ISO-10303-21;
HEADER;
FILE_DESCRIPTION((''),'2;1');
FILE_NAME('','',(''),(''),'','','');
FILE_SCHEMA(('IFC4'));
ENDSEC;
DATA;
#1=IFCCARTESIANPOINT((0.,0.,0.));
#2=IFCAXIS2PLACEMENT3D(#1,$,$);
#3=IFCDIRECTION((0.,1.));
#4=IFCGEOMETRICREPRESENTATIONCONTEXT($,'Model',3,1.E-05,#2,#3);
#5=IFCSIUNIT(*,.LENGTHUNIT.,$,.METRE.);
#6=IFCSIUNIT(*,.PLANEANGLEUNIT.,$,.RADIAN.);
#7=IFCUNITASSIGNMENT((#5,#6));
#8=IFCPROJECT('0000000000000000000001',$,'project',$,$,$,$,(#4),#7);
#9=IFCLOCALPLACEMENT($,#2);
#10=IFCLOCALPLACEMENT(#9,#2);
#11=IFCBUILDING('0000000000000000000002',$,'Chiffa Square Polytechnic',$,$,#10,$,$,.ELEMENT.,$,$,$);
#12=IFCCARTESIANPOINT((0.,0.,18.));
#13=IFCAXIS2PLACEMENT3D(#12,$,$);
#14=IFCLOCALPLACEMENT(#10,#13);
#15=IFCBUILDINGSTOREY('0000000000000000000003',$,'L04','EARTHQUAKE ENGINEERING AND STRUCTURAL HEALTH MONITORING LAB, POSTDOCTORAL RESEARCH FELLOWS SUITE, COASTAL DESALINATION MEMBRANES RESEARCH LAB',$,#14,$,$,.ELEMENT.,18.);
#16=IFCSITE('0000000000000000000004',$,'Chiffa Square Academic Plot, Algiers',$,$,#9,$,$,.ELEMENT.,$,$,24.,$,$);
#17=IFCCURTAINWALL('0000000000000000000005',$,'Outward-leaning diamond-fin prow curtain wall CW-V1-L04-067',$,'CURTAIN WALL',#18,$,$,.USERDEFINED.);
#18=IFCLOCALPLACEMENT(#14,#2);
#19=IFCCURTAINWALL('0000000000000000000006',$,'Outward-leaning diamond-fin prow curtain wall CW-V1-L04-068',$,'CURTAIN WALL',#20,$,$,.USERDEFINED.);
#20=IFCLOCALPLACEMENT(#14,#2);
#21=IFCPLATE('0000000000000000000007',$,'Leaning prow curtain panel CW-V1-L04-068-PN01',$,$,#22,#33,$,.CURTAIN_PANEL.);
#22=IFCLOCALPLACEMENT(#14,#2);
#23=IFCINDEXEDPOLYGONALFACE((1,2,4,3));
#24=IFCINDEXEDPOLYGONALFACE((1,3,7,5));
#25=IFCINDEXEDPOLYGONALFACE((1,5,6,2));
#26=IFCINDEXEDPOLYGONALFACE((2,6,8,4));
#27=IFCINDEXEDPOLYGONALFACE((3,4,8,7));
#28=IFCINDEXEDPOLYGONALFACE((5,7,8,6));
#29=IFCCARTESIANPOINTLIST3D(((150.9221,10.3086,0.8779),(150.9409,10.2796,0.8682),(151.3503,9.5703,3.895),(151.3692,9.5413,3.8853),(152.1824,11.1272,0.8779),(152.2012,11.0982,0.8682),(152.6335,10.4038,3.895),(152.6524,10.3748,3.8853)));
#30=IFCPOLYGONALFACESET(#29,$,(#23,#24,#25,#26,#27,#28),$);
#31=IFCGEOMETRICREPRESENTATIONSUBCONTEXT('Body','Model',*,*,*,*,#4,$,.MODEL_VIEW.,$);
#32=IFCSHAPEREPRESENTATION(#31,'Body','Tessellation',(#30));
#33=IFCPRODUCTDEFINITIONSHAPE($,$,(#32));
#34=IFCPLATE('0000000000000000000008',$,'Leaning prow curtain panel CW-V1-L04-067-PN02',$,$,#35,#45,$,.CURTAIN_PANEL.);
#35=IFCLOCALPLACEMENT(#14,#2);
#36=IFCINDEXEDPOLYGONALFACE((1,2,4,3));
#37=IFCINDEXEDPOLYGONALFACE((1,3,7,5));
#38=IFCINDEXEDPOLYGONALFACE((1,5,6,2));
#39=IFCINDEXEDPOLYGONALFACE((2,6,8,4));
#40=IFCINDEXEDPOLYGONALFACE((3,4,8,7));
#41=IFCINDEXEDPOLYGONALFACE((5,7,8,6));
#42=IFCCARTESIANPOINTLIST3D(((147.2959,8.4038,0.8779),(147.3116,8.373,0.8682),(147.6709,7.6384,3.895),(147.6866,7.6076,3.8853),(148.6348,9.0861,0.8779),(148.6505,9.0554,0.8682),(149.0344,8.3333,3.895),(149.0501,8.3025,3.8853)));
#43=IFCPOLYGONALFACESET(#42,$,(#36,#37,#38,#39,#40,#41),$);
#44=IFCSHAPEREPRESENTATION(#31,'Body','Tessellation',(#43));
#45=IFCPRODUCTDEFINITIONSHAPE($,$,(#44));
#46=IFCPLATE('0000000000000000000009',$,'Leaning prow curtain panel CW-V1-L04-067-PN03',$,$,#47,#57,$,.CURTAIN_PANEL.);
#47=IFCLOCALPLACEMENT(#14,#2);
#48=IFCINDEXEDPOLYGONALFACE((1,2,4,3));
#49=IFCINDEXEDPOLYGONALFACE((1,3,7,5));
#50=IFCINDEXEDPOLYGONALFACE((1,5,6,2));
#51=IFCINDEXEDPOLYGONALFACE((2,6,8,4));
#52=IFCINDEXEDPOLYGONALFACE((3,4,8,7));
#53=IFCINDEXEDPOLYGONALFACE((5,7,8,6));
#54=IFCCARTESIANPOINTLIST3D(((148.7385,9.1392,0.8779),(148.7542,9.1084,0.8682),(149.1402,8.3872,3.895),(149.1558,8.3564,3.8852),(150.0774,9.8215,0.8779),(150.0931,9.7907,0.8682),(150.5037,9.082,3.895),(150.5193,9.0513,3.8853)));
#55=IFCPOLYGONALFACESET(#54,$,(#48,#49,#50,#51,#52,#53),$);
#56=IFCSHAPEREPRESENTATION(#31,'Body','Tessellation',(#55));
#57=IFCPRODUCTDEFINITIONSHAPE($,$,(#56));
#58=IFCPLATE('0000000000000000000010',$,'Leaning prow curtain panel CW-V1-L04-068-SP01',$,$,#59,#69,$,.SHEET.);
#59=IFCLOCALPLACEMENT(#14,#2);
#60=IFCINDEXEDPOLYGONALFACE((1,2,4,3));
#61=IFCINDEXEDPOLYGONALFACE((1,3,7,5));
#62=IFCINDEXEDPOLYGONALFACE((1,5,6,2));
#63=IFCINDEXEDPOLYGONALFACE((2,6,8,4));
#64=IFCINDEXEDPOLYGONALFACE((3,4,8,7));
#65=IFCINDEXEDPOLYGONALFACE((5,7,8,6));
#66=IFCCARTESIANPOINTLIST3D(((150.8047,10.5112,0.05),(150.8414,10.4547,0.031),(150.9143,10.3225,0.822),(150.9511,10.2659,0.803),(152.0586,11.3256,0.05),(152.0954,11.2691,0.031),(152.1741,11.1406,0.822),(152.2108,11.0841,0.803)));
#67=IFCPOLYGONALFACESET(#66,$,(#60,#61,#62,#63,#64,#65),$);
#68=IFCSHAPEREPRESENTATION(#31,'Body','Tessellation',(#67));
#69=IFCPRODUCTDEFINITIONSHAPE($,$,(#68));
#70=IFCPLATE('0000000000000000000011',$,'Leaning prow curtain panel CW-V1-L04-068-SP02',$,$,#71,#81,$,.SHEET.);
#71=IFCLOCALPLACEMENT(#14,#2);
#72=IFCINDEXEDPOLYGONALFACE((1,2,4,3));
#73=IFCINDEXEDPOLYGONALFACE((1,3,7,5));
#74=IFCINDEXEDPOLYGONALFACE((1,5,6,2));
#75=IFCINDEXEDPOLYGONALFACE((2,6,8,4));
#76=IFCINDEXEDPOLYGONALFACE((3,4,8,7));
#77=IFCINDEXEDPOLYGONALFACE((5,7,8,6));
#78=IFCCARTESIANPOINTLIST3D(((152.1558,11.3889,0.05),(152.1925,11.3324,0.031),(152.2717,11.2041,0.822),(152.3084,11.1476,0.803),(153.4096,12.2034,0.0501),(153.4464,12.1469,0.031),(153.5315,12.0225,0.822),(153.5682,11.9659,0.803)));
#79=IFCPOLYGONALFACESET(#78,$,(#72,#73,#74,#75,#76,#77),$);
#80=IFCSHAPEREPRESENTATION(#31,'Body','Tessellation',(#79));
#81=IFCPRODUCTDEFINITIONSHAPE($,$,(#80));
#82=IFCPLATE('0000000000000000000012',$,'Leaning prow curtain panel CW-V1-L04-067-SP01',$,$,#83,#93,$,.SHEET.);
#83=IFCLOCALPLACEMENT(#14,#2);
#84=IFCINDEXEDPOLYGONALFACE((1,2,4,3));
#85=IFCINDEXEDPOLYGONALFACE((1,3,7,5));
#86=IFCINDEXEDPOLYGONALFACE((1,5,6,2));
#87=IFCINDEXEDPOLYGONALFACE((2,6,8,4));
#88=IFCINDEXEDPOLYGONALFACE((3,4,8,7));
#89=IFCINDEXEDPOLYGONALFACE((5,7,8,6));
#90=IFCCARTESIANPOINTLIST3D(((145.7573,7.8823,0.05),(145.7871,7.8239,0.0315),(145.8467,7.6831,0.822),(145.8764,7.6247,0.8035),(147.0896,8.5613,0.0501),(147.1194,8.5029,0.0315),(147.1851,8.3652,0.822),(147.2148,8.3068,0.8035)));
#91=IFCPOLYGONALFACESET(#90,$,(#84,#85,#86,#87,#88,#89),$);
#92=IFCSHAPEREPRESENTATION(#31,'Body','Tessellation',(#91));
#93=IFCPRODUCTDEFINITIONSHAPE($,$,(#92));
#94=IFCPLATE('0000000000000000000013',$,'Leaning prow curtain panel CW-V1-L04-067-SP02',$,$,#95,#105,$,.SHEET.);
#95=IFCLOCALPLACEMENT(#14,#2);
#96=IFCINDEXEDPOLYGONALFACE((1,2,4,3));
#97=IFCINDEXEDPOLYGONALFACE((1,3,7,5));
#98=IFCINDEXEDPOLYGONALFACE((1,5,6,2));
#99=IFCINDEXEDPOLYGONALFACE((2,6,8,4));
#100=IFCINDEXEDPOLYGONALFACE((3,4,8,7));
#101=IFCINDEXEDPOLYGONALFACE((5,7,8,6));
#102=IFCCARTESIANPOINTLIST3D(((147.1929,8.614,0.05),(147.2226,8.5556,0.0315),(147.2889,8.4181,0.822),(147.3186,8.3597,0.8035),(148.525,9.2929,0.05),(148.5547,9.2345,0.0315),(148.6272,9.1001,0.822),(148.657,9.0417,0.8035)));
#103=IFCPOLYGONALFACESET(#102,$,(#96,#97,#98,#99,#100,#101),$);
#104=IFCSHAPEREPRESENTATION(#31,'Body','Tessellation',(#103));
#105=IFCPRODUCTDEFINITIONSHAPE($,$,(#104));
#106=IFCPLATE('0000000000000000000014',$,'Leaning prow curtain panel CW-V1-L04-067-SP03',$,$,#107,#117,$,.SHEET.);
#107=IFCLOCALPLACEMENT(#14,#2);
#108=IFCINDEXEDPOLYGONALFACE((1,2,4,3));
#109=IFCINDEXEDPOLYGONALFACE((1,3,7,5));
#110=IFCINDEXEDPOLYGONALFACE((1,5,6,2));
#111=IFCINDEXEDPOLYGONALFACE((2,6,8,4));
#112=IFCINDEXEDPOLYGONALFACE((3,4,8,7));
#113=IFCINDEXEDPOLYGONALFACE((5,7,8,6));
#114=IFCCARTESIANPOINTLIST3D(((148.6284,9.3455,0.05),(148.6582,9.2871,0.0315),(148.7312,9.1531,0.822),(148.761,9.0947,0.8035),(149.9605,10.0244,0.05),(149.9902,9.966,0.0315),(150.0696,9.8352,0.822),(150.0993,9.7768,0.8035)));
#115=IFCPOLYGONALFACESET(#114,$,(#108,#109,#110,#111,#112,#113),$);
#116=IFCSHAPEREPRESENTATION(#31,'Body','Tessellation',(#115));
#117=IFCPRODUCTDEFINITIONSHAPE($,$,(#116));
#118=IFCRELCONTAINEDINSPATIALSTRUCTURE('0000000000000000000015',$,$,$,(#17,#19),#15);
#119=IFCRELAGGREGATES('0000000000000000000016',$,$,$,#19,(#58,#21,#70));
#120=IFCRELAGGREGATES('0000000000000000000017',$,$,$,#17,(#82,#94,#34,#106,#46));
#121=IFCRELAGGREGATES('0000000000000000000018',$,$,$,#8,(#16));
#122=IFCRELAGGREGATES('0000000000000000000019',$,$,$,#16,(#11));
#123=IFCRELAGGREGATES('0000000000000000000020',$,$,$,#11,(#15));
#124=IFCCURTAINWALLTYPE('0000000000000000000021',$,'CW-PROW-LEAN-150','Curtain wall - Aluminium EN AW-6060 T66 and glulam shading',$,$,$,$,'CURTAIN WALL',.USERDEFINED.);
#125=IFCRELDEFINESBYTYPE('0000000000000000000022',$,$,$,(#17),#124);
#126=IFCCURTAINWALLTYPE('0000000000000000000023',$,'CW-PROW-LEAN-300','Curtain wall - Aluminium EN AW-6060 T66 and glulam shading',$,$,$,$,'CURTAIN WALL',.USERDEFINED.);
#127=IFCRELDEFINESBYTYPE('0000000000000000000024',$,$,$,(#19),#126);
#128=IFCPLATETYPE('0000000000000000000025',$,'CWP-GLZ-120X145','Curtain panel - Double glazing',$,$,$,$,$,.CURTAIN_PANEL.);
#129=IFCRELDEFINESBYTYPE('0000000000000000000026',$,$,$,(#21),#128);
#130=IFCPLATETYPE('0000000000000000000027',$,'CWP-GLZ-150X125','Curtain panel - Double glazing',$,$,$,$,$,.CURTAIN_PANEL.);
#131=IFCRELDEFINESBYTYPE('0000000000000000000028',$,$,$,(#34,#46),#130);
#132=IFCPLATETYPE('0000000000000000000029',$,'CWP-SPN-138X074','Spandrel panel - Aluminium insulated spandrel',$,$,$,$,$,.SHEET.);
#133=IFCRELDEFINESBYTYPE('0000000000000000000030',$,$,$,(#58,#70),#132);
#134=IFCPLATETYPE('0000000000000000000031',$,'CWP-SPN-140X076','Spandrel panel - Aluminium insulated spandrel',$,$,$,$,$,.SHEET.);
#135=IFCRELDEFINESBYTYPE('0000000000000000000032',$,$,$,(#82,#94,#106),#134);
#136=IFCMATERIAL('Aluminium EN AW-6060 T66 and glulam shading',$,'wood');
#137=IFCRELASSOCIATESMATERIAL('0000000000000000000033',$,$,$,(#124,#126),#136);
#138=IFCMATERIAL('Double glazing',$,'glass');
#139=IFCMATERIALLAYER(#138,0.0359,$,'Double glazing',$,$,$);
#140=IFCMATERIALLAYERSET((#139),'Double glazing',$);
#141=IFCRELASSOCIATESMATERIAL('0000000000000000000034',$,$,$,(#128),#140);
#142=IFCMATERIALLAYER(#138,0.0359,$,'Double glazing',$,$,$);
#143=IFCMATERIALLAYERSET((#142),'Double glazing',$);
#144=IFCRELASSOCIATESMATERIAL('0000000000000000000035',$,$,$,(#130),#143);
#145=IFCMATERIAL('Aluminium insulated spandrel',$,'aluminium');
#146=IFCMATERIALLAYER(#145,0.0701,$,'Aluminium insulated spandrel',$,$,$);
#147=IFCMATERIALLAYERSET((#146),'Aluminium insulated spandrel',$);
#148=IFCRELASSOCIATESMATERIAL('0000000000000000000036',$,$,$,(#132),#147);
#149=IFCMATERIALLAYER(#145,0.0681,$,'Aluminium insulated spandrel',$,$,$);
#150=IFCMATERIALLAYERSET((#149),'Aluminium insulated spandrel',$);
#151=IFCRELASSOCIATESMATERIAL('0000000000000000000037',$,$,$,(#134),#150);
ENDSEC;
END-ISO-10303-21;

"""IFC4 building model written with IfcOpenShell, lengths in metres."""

from ifc_helpers import new_model, si_unit, direction, frame, origin, place, context, subcontext, project, spatial, polyline, outline, extrude, material, layer, layer_set, type_object, element, aggregate, save


model = new_model("IFC4")

# Units and contexts
model_context = context("Model", 3, precision=1e-05, world=origin(), true_north=direction((0.0, 1.0)))
body_context = subcontext(model_context, "Body", "Model", "MODEL_VIEW")
ifc_project = project(units=[si_unit("LENGTHUNIT", "METRE"), si_unit("PLANEANGLEUNIT", "RADIAN")], contexts=[model_context])

# Site, building, storey
site_placement = place(None, origin())
site = spatial("IfcSite", under=ifc_project, at=site_placement, Name="Chiffa Square Academic Plot, Algiers", CompositionType="ELEMENT", RefElevation=24.0)
building_placement = place(site_placement, origin())
building = spatial("IfcBuilding", under=site, at=building_placement, Name="Chiffa Square Polytechnic", CompositionType="ELEMENT")
storey_placement = place(building_placement, frame((0.0, 0.0, 18.0)))
storey = spatial("IfcBuildingStorey", under=building, at=storey_placement, Name="L04", Description="EARTHQUAKE ENGINEERING AND STRUCTURAL HEALTH MONITORING LAB, POSTDOCTORAL RESEARCH FELLOWS SUITE, COASTAL DESALINATION MEMBRANES RESEARCH LAB", CompositionType="ELEMENT", Elevation=18.0)

# Curtain walls
ifc_material_1 = material(Name="Aluminium EN AW-6060 T66 and glulam shading", Category="wood")
curtain_wall_type_1 = type_object("IfcCurtainWallType", Name="CW-PROW-LEAN-150", Description="Curtain wall - Aluminium EN AW-6060 T66 and glulam shading", ElementType="CURTAIN WALL", PredefinedType="USERDEFINED", material=ifc_material_1)
curtain_wall_1_placement = place(storey_placement, origin())
curtain_wall_1 = element("IfcCurtainWall", 1, at=curtain_wall_1_placement, inside=storey, type_object=curtain_wall_type_1, Name="Outward-leaning diamond-fin prow curtain wall CW-V1-L04-067", ObjectType="CURTAIN WALL", PredefinedType="USERDEFINED")
curtain_wall_type_2 = type_object("IfcCurtainWallType", Name="CW-PROW-LEAN-300", Description="Curtain wall - Aluminium EN AW-6060 T66 and glulam shading", ElementType="CURTAIN WALL", PredefinedType="USERDEFINED", material=ifc_material_1)
curtain_wall_2_placement = place(storey_placement, origin())
curtain_wall_2 = element("IfcCurtainWall", 2, at=curtain_wall_2_placement, inside=storey, type_object=curtain_wall_type_2, Name="Outward-leaning diamond-fin prow curtain wall CW-V1-L04-068", ObjectType="CURTAIN WALL", PredefinedType="USERDEFINED")

# Plates
ifc_material_2 = material(Name="Double glazing", Category="glass")
ifc_layer_1 = layer(ifc_material_2, 0.0359, Name="Double glazing")
ifc_layer_set_1 = layer_set([ifc_layer_1], Name="Double glazing")
plate_type_1 = type_object("IfcPlateType", Name="CWP-GLZ-120X145", Description="Curtain panel - Double glazing", PredefinedType="CURTAIN_PANEL", material=ifc_layer_set_1)
plate_1_placement = place(storey_placement, frame((150.9221, 10.3086, 0.8779), z_axis=(-0.524203, 0.807026, 0.271882), x_axis=(0.838616, 0.544723, -0.000001)))
plate_1 = element("IfcPlate", 3, at=plate_1_placement, type_object=plate_type_1, Name="Leaning prow curtain panel CW-V1-L04-068-PN01", PredefinedType="CURTAIN_PANEL", context=body_context, shape_type="SweptSolid", body=[
    extrude(outline(polyline([(0.0, 0.0), (1.5028, 0.0), (1.4871, -3.1352), (-0.043, -3.1352), (0.0, 0.0)])), origin(), (0.0, 0.0, -1.0), 0.0359),
])
ifc_layer_2 = layer(ifc_material_2, 0.0359, Name="Double glazing")
ifc_layer_set_2 = layer_set([ifc_layer_2], Name="Double glazing")
plate_type_2 = type_object("IfcPlateType", Name="CWP-GLZ-150X125", Description="Curtain panel - Double glazing", PredefinedType="CURTAIN_PANEL", material=ifc_layer_set_2)
plate_2_placement = place(storey_placement, frame((147.2959, 8.4038, 0.8779), z_axis=(-0.43696, 0.85742, 0.271839), x_axis=(0.890971, 0.454061, -0.000009)))
plate_2 = element("IfcPlate", 4, at=plate_2_placement, type_object=plate_type_2, Name="Leaning prow curtain panel CW-V1-L04-067-PN02", PredefinedType="CURTAIN_PANEL", context=body_context, shape_type="SweptSolid", body=[
    extrude(outline(polyline([(0.0, 0.0), (1.5027, 0.0), (1.5169, -3.1352), (-0.0134, -3.1351), (0.0, 0.0)])), origin(), (0.0, 0.0, -1.0), 0.0359),
])
plate_3_placement = place(storey_placement, frame((148.7385, 9.1392, 0.8779), z_axis=(-0.436955, 0.857412, 0.271874), x_axis=(0.890971, 0.454061, -0.000009)))
plate_3 = element("IfcPlate", 5, at=plate_3_placement, type_object=plate_type_2, Name="Leaning prow curtain panel CW-V1-L04-067-PN03", PredefinedType="CURTAIN_PANEL", context=body_context, shape_type="SweptSolid", body=[
    extrude(outline(polyline([(0.0, 0.0), (1.5027, 0.0), (1.5467, -3.1352), (0.0164, -3.1352), (0.0, 0.0)])), origin(), (0.0, 0.0, -1.0), 0.0359),
])
ifc_material_3 = material(Name="Aluminium insulated spandrel", Category="aluminium")
ifc_layer_3 = layer(ifc_material_3, 0.0701, Name="Aluminium insulated spandrel")
ifc_layer_set_3 = layer_set([ifc_layer_3], Name="Aluminium insulated spandrel")
plate_type_3 = type_object("IfcPlateType", Name="CWP-SPN-138X074", Description="Spandrel panel - Aluminium insulated spandrel", PredefinedType="SHEET", material=ifc_layer_set_3)
plate_4_placement = place(storey_placement, frame((150.8047, 10.5112, 0.05), z_axis=(-0.524173, 0.807071, 0.271808), x_axis=(0.838643, 0.544682, -0.000011)))
plate_4 = element("IfcPlate", 6, at=plate_4_placement, type_object=plate_type_3, Name="Leaning prow curtain panel CW-V1-L04-068-SP01", PredefinedType="SHEET", context=body_context, shape_type="SweptSolid", body=[
    extrude(outline(polyline([(0.0, 0.0), (1.4952, 0.0), (1.4912, -0.8022), (-0.0109, -0.8022), (0.0, 0.0)])), origin(), (0.0, 0.0, -1.0), 0.0701),
])
plate_5_placement = place(storey_placement, frame((152.1558, 11.3889, 0.05), z_axis=(-0.524214, 0.807013, 0.271899), x_axis=(0.838608, 0.544735, 0.000007)))
plate_5 = element("IfcPlate", 7, at=plate_5_placement, type_object=plate_type_3, Name="Leaning prow curtain panel CW-V1-L04-068-SP02", PredefinedType="SHEET", context=body_context, shape_type="SweptSolid", body=[
    extrude(outline(polyline([(0.0, 0.0), (1.4952, 0.0), (1.4988, -0.8022), (-0.0034, -0.8022), (0.0, 0.0)])), origin(), (0.0, 0.0, -1.0), 0.0701),
])
aggregate(curtain_wall_2, [plate_4, plate_1, plate_5])
ifc_layer_4 = layer(ifc_material_3, 0.0681, Name="Aluminium insulated spandrel")
ifc_layer_set_4 = layer_set([ifc_layer_4], Name="Aluminium insulated spandrel")
plate_type_4 = type_object("IfcPlateType", Name="CWP-SPN-140X076", Description="Spandrel panel - Aluminium insulated spandrel", PredefinedType="SHEET", material=ifc_layer_set_4)
plate_6_placement = place(storey_placement, frame((145.7573, 7.8823, 0.05), z_axis=(-0.436979, 0.857419, 0.271814), x_axis=(0.890964, 0.454073, 0.000005)))
plate_6 = element("IfcPlate", 8, at=plate_6_placement, type_object=plate_type_4, Name="Leaning prow curtain panel CW-V1-L04-067-SP01", PredefinedType="SHEET", context=body_context, shape_type="SweptSolid", body=[
    extrude(outline(polyline([(0.0, 0.0), (1.4953, 0.0), (1.4913, -0.8022), (-0.0108, -0.8022), (0.0, 0.0)])), origin(), (0.0, 0.0, -1.0), 0.0681),
])
plate_7_placement = place(storey_placement, frame((147.1929, 8.614, 0.05), z_axis=(-0.436931, 0.857402, 0.271944), x_axis=(0.890977, 0.454049, -0.000024)))
plate_7 = element("IfcPlate", 9, at=plate_7_placement, type_object=plate_type_4, Name="Leaning prow curtain panel CW-V1-L04-067-SP02", PredefinedType="SHEET", context=body_context, shape_type="SweptSolid", body=[
    extrude(outline(polyline([(0.0, 0.0), (1.4951, 0.0), (1.4986, -0.8022), (-0.0034, -0.8022), (0.0, 0.0)])), origin(), (0.0, 0.0, -1.0), 0.0681),
])
plate_8_placement = place(storey_placement, frame((148.6284, 9.3455, 0.05), z_axis=(-0.437001, 0.857384, 0.271886), x_axis=(0.890946, 0.454109, -0.000005)))
plate_8 = element("IfcPlate", 10, at=plate_8_placement, type_object=plate_type_4, Name="Leaning prow curtain panel CW-V1-L04-067-SP03", PredefinedType="SHEET", context=body_context, shape_type="SweptSolid", body=[
    extrude(outline(polyline([(0.0, 0.0), (1.4951, 0.0), (1.5064, -0.8022), (0.0042, -0.8022), (0.0, 0.0)])), origin(), (0.0, 0.0, -1.0), 0.0681),
])
aggregate(curtain_wall_1, [plate_6, plate_7, plate_2, plate_8, plate_3])

save(model, "model.ifc")
